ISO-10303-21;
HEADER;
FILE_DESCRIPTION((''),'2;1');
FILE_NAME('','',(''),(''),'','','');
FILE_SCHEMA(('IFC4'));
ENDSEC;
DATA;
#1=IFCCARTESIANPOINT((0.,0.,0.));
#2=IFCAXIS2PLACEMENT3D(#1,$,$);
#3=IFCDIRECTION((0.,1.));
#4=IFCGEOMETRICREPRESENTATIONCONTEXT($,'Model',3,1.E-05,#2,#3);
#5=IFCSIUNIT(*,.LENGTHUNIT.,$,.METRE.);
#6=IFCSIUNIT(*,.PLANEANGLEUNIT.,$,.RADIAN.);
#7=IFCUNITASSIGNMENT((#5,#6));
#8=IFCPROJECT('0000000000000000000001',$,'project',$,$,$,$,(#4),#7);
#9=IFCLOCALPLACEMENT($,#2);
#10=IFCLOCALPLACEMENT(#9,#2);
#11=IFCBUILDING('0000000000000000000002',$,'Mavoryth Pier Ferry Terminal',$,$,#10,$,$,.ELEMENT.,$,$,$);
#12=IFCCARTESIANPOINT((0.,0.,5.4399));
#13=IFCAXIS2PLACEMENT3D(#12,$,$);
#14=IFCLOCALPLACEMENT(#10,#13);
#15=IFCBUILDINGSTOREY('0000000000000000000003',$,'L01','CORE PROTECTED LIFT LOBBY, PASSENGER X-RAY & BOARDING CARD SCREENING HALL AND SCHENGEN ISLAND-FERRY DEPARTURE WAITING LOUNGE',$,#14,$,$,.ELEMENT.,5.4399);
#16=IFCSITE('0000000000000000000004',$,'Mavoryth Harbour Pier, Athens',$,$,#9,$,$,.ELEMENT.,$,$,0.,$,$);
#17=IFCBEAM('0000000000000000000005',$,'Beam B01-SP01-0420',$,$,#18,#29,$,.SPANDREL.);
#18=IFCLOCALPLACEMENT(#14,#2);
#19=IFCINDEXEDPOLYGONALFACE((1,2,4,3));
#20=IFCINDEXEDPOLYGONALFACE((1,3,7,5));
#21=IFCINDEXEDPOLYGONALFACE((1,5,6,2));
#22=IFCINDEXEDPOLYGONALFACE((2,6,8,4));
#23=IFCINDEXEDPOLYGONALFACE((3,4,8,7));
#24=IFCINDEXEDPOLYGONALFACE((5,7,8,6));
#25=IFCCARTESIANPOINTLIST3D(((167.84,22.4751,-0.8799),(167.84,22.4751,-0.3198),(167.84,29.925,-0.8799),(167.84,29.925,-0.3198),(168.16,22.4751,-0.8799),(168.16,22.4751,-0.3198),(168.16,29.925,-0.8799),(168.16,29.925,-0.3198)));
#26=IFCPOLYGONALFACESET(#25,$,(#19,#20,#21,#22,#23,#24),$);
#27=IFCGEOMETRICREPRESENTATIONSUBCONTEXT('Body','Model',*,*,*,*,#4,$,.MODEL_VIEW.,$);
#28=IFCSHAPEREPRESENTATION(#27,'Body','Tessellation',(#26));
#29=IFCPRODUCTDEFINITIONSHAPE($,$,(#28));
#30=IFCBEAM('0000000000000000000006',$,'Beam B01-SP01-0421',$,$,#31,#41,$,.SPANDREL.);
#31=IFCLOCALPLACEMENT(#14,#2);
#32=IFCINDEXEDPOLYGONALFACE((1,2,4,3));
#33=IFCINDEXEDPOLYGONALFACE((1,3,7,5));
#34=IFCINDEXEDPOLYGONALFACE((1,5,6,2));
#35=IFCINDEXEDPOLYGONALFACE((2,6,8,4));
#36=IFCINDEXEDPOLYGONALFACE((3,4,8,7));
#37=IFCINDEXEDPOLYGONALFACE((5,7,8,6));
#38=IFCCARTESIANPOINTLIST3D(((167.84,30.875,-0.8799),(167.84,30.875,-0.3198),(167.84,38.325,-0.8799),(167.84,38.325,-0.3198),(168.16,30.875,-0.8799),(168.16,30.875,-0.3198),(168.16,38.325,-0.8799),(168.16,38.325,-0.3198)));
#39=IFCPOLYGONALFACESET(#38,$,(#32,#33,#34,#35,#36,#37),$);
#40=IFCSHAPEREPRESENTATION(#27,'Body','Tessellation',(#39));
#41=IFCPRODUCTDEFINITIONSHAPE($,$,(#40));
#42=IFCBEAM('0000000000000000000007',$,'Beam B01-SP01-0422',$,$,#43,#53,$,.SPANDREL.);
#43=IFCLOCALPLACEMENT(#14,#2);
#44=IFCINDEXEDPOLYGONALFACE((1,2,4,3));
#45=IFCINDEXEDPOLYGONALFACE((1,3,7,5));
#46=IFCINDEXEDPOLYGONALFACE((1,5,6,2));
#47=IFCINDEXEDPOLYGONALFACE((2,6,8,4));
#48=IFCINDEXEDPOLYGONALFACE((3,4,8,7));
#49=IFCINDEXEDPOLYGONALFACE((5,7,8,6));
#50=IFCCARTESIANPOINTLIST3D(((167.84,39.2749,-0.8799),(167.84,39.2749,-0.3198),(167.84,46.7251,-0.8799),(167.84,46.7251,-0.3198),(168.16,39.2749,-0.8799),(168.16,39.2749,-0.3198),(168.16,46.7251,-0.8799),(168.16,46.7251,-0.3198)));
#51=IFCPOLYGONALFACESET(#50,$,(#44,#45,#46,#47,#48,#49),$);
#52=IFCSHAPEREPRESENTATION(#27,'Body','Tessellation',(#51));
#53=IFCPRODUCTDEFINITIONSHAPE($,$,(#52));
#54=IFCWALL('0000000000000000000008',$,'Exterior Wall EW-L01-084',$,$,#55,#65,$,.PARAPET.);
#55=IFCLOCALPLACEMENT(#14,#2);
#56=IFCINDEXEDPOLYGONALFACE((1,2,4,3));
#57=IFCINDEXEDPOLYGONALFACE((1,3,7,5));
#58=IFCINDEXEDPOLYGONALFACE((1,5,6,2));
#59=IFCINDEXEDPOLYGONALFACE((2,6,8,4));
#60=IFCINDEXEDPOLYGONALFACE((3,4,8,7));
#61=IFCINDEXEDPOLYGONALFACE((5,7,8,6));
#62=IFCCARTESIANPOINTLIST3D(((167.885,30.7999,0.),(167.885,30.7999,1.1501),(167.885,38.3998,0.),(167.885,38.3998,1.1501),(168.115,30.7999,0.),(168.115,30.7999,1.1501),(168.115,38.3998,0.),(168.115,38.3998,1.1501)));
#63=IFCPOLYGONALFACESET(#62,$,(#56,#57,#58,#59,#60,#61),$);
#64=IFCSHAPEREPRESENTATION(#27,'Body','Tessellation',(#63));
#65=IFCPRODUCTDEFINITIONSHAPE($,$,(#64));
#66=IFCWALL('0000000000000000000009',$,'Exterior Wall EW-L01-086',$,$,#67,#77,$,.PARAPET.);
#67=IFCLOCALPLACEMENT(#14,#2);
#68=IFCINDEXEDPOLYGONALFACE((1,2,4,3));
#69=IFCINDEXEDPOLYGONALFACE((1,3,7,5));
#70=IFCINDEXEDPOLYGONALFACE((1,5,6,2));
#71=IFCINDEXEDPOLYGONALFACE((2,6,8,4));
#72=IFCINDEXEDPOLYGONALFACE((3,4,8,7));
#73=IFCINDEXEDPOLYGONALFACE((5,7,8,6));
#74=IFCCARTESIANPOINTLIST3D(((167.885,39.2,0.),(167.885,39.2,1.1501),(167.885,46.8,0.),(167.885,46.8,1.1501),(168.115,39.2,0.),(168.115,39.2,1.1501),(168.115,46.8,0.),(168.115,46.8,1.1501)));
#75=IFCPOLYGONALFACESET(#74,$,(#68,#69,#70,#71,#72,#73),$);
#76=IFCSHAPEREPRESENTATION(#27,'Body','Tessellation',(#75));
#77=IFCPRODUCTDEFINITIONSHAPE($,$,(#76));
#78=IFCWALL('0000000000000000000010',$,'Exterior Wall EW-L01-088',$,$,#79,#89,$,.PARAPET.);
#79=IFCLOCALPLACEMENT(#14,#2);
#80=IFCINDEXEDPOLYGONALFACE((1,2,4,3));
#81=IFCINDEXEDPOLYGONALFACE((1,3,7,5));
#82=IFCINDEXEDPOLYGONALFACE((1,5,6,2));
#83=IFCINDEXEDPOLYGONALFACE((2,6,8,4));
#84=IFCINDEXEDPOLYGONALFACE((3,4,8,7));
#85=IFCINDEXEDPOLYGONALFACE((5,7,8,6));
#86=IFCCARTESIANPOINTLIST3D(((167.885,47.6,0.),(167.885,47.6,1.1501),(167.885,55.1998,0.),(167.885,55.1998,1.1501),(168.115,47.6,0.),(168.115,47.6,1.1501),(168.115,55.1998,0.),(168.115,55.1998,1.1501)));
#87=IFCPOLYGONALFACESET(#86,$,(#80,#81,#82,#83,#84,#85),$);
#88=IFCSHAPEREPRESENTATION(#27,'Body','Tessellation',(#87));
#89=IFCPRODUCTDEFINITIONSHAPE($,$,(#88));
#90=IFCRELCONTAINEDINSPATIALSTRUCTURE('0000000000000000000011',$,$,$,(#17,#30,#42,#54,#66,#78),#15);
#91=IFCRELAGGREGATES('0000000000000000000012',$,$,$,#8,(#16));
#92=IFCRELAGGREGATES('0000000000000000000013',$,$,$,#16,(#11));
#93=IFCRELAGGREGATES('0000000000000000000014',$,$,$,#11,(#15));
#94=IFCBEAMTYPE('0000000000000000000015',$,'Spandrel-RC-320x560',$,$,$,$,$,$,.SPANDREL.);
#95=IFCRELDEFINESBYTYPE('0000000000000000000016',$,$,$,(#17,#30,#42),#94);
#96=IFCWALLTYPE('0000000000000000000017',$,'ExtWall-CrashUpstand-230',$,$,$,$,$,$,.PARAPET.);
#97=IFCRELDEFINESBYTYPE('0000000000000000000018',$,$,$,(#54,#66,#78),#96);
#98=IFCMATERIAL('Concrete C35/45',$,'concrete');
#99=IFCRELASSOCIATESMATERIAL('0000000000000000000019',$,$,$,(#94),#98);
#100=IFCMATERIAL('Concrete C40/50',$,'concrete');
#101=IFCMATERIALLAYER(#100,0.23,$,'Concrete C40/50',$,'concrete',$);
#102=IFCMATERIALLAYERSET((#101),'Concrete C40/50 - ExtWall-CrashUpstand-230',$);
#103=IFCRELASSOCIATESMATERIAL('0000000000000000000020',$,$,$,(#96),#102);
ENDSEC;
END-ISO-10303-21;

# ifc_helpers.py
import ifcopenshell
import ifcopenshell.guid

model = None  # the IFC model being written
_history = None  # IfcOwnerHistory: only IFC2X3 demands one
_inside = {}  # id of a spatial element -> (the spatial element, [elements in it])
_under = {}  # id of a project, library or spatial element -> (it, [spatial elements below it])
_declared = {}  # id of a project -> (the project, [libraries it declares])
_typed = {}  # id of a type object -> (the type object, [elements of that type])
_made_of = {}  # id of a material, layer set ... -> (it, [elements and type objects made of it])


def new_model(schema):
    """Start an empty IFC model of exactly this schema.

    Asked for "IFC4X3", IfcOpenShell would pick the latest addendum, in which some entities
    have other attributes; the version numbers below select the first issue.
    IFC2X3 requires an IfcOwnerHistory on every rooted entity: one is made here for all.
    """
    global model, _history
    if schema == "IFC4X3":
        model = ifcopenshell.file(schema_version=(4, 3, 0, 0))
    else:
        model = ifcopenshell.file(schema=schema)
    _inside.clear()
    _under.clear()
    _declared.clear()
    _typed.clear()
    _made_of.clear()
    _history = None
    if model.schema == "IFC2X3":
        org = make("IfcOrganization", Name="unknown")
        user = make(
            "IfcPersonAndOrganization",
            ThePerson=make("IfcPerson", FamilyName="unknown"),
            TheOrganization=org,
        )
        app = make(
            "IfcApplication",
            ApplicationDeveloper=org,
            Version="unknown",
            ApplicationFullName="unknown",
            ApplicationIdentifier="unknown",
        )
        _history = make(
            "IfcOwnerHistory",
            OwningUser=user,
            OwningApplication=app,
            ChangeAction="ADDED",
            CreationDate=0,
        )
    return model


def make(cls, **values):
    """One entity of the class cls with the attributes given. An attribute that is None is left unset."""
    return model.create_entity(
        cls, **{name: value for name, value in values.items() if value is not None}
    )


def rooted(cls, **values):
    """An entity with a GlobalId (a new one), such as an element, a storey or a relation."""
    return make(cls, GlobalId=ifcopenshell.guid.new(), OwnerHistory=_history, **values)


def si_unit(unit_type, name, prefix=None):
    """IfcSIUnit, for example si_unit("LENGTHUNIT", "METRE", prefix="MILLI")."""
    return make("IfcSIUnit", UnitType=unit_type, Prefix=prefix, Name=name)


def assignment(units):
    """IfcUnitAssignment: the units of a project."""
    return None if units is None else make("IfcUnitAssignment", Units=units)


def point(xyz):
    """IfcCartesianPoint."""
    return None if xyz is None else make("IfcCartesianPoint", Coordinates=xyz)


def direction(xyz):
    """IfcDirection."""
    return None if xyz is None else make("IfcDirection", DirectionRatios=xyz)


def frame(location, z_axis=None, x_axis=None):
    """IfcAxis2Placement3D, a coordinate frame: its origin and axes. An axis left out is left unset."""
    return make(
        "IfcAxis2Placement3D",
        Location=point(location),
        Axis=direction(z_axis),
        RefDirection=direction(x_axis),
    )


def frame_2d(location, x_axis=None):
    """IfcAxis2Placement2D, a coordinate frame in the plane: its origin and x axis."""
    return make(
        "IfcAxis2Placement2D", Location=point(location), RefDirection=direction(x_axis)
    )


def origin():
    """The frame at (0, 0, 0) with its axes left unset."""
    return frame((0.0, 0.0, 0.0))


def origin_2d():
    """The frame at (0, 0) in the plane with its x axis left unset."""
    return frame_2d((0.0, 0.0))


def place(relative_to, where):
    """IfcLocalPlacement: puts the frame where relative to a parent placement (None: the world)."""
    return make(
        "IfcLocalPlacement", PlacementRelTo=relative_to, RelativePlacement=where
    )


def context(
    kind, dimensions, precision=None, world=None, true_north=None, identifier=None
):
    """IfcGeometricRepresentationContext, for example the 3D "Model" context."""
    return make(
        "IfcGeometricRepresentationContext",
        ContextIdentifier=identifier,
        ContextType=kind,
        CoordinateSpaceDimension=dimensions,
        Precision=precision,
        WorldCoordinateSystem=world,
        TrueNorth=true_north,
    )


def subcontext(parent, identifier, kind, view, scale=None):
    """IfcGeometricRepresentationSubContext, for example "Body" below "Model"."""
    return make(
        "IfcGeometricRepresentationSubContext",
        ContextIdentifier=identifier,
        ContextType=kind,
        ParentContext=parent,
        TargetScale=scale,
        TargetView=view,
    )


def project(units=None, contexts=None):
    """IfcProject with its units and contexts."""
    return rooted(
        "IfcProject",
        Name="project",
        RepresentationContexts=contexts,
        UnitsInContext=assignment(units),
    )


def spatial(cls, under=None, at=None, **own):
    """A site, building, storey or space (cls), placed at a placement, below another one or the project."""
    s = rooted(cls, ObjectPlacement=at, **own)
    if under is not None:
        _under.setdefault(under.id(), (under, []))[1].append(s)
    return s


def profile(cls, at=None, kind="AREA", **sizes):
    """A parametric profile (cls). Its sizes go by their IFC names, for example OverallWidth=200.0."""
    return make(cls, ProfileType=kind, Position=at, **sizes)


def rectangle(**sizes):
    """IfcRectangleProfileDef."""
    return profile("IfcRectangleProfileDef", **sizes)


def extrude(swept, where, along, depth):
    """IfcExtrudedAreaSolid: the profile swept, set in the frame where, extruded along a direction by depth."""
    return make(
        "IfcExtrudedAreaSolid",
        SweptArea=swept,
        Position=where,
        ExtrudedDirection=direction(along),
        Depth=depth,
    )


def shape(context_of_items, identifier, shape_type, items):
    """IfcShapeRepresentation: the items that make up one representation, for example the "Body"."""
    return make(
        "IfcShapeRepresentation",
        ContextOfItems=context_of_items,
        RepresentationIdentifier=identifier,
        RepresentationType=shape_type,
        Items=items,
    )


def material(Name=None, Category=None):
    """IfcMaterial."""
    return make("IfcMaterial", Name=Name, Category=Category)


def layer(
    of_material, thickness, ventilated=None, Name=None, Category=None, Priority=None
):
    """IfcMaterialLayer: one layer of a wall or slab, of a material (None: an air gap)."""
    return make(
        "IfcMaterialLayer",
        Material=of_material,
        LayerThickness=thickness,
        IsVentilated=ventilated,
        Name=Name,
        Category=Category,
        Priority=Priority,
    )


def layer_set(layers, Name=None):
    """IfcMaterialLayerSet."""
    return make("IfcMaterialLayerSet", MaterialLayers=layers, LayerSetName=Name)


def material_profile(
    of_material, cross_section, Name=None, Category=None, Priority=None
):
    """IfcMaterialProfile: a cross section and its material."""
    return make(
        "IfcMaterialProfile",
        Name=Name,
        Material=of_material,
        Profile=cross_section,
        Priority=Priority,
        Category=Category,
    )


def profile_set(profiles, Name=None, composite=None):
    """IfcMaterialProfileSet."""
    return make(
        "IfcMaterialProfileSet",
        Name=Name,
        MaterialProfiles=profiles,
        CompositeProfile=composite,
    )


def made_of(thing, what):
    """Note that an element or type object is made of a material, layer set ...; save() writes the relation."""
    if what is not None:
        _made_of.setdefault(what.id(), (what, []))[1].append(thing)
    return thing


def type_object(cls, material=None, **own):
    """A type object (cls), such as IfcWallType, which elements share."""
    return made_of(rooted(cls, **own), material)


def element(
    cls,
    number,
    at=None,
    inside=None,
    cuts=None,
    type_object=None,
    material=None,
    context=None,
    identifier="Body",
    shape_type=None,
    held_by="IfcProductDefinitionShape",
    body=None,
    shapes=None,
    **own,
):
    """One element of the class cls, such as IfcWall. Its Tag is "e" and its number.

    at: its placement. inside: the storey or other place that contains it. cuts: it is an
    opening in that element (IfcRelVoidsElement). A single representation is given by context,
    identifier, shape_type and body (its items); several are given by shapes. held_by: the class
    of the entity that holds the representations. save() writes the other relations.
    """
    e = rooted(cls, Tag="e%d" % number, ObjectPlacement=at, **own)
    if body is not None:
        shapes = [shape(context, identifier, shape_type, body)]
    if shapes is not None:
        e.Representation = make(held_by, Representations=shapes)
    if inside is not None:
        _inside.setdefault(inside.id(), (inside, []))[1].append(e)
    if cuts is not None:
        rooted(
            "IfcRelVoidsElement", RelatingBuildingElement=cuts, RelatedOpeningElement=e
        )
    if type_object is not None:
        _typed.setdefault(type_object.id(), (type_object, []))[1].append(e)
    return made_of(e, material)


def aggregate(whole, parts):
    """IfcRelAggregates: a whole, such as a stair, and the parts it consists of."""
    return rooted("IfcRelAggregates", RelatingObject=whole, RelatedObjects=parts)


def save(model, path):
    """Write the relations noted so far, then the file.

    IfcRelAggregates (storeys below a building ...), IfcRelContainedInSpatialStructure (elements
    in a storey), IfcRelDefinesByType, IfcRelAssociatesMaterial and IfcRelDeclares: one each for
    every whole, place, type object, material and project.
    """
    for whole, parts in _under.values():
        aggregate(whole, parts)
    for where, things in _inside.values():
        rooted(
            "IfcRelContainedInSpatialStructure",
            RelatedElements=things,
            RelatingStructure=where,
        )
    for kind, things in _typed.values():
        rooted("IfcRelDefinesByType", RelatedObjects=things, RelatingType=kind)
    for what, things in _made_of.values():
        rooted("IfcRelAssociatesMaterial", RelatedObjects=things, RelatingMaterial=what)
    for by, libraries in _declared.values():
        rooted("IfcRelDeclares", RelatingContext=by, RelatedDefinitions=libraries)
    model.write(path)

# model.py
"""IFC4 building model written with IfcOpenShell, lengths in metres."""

from ifc_helpers import new_model, si_unit, direction, frame, frame_2d, origin, origin_2d, place, context, subcontext, project, spatial, rectangle, extrude, material, layer, layer_set, material_profile, profile_set, type_object, element, save


model = new_model("IFC4")

# Units and contexts
model_context = context("Model", 3, precision=1e-05, world=origin(), true_north=direction((0.0, 1.0)))
body_context = subcontext(model_context, "Body", "Model", "MODEL_VIEW")
ifc_project = project(units=[si_unit("LENGTHUNIT", "METRE"), si_unit("PLANEANGLEUNIT", "RADIAN")], contexts=[model_context])

# Site, building, storey
site_placement = place(None, origin())
site = spatial("IfcSite", under=ifc_project, at=site_placement, Name="Mavoryth Harbour Pier, Athens", CompositionType="ELEMENT", RefElevation=0.0)
building_placement = place(site_placement, origin())
building = spatial("IfcBuilding", under=site, at=building_placement, Name="Mavoryth Pier Ferry Terminal", CompositionType="ELEMENT")
storey_placement = place(building_placement, frame((0.0, 0.0, 5.4399)))
storey = spatial("IfcBuildingStorey", under=building, at=storey_placement, Name="L01", Description="CORE PROTECTED LIFT LOBBY, PASSENGER X-RAY & BOARDING CARD SCREENING HALL AND SCHENGEN ISLAND-FERRY DEPARTURE WAITING LOUNGE", CompositionType="ELEMENT", Elevation=5.4399)

# Shared definitions
ifc_material_1 = material(Name="Concrete C40/50", Category="concrete")

# Beams
ifc_material_2 = material(Name="Concrete C35/45", Category="concrete")
ifc_material_profile_1 = material_profile(ifc_material_2, rectangle(XDim=0.3201, YDim=0.5601, at=origin_2d()), Name="RC 320x560", Category="concrete")
ifc_profile_set_1 = profile_set([ifc_material_profile_1], Name="Concrete C35/45 - RC 320x560")
beam_type_1 = type_object("IfcBeamType", Name="Spandrel-RC-320x560", PredefinedType="SPANDREL", material=ifc_profile_set_1)
for number, where, z_axis, x_axis, name in (
    (1, (168.0, 22.4751, -0.5999), (0.0, 1.0, 0.0), (-1.0, 0.0, 0.0), "Beam B01-SP01-0420"),
    (2, (168.0, 30.875, -0.5999), (0.0, 1.0, 0.0), (-1.0, 0.0, 0.0), "Beam B01-SP01-0421"),
):
    element("IfcBeam", number, at=place(storey_placement, frame(where, z_axis=z_axis, x_axis=x_axis)), inside=storey, type_object=beam_type_1, Name=name, PredefinedType="SPANDREL", context=body_context, shape_type="SweptSolid", body=[
        extrude(rectangle(XDim=0.3201, YDim=0.5601, at=origin_2d()), origin(), (0.0, 0.0, 1.0), 7.45),
    ])
beam_1_placement = place(storey_placement, frame((168.0, 39.2749, -0.5999), z_axis=(0.0, 1.0, 0.0), x_axis=(-1.0, 0.0, 0.0)))
element("IfcBeam", 3, at=beam_1_placement, inside=storey, type_object=beam_type_1, Name="Beam B01-SP01-0422", PredefinedType="SPANDREL", context=body_context, shape_type="SweptSolid", body=[
    extrude(rectangle(XDim=0.3201, YDim=0.5601, at=origin_2d()), origin(), (0.0, 0.0, 1.0), 7.4502),
])

# Walls
ifc_layer = layer(ifc_material_1, 0.23, Name="Concrete C40/50", Category="concrete")
ifc_layer_set = layer_set([ifc_layer], Name="Concrete C40/50 - ExtWall-CrashUpstand-230")
wall_type = type_object("IfcWallType", Name="ExtWall-CrashUpstand-230", PredefinedType="PARAPET", material=ifc_layer_set)
wall_1_placement = place(storey_placement, frame((168.0, 30.8, 0.0), z_axis=(0.0, 0.0, 1.0), x_axis=(0.0, 1.0, 0.0)))
element("IfcWall", 4, at=wall_1_placement, inside=storey, type_object=wall_type, Name="Exterior Wall EW-L01-084", PredefinedType="PARAPET", context=body_context, shape_type="SweptSolid", body=[
    extrude(rectangle(XDim=7.5999, YDim=0.23, at=frame_2d((3.7998, 0.0))), origin(), (0.0, 0.0, 1.0), 1.1501),
])
wall_2_placement = place(storey_placement, frame((168.0, 39.2, 0.0), z_axis=(0.0, 0.0, 1.0), x_axis=(0.0, 1.0, 0.0)))
element("IfcWall", 5, at=wall_2_placement, inside=storey, type_object=wall_type, Name="Exterior Wall EW-L01-086", PredefinedType="PARAPET", context=body_context, shape_type="SweptSolid", body=[
    extrude(rectangle(XDim=7.6001, YDim=0.23, at=frame_2d((3.8, 0.0))), origin(), (0.0, 0.0, 1.0), 1.1501),
])
wall_3_placement = place(storey_placement, frame((168.0, 47.6001, 0.0), z_axis=(0.0, 0.0, 1.0), x_axis=(0.0, 1.0, 0.0)))
element("IfcWall", 6, at=wall_3_placement, inside=storey, type_object=wall_type, Name="Exterior Wall EW-L01-088", PredefinedType="PARAPET", context=body_context, shape_type="SweptSolid", body=[
    extrude(rectangle(XDim=7.5999, YDim=0.23, at=frame_2d((3.7998, 0.0))), origin(), (0.0, 0.0, 1.0), 1.1501),
])

save(model, "model.ifc")
